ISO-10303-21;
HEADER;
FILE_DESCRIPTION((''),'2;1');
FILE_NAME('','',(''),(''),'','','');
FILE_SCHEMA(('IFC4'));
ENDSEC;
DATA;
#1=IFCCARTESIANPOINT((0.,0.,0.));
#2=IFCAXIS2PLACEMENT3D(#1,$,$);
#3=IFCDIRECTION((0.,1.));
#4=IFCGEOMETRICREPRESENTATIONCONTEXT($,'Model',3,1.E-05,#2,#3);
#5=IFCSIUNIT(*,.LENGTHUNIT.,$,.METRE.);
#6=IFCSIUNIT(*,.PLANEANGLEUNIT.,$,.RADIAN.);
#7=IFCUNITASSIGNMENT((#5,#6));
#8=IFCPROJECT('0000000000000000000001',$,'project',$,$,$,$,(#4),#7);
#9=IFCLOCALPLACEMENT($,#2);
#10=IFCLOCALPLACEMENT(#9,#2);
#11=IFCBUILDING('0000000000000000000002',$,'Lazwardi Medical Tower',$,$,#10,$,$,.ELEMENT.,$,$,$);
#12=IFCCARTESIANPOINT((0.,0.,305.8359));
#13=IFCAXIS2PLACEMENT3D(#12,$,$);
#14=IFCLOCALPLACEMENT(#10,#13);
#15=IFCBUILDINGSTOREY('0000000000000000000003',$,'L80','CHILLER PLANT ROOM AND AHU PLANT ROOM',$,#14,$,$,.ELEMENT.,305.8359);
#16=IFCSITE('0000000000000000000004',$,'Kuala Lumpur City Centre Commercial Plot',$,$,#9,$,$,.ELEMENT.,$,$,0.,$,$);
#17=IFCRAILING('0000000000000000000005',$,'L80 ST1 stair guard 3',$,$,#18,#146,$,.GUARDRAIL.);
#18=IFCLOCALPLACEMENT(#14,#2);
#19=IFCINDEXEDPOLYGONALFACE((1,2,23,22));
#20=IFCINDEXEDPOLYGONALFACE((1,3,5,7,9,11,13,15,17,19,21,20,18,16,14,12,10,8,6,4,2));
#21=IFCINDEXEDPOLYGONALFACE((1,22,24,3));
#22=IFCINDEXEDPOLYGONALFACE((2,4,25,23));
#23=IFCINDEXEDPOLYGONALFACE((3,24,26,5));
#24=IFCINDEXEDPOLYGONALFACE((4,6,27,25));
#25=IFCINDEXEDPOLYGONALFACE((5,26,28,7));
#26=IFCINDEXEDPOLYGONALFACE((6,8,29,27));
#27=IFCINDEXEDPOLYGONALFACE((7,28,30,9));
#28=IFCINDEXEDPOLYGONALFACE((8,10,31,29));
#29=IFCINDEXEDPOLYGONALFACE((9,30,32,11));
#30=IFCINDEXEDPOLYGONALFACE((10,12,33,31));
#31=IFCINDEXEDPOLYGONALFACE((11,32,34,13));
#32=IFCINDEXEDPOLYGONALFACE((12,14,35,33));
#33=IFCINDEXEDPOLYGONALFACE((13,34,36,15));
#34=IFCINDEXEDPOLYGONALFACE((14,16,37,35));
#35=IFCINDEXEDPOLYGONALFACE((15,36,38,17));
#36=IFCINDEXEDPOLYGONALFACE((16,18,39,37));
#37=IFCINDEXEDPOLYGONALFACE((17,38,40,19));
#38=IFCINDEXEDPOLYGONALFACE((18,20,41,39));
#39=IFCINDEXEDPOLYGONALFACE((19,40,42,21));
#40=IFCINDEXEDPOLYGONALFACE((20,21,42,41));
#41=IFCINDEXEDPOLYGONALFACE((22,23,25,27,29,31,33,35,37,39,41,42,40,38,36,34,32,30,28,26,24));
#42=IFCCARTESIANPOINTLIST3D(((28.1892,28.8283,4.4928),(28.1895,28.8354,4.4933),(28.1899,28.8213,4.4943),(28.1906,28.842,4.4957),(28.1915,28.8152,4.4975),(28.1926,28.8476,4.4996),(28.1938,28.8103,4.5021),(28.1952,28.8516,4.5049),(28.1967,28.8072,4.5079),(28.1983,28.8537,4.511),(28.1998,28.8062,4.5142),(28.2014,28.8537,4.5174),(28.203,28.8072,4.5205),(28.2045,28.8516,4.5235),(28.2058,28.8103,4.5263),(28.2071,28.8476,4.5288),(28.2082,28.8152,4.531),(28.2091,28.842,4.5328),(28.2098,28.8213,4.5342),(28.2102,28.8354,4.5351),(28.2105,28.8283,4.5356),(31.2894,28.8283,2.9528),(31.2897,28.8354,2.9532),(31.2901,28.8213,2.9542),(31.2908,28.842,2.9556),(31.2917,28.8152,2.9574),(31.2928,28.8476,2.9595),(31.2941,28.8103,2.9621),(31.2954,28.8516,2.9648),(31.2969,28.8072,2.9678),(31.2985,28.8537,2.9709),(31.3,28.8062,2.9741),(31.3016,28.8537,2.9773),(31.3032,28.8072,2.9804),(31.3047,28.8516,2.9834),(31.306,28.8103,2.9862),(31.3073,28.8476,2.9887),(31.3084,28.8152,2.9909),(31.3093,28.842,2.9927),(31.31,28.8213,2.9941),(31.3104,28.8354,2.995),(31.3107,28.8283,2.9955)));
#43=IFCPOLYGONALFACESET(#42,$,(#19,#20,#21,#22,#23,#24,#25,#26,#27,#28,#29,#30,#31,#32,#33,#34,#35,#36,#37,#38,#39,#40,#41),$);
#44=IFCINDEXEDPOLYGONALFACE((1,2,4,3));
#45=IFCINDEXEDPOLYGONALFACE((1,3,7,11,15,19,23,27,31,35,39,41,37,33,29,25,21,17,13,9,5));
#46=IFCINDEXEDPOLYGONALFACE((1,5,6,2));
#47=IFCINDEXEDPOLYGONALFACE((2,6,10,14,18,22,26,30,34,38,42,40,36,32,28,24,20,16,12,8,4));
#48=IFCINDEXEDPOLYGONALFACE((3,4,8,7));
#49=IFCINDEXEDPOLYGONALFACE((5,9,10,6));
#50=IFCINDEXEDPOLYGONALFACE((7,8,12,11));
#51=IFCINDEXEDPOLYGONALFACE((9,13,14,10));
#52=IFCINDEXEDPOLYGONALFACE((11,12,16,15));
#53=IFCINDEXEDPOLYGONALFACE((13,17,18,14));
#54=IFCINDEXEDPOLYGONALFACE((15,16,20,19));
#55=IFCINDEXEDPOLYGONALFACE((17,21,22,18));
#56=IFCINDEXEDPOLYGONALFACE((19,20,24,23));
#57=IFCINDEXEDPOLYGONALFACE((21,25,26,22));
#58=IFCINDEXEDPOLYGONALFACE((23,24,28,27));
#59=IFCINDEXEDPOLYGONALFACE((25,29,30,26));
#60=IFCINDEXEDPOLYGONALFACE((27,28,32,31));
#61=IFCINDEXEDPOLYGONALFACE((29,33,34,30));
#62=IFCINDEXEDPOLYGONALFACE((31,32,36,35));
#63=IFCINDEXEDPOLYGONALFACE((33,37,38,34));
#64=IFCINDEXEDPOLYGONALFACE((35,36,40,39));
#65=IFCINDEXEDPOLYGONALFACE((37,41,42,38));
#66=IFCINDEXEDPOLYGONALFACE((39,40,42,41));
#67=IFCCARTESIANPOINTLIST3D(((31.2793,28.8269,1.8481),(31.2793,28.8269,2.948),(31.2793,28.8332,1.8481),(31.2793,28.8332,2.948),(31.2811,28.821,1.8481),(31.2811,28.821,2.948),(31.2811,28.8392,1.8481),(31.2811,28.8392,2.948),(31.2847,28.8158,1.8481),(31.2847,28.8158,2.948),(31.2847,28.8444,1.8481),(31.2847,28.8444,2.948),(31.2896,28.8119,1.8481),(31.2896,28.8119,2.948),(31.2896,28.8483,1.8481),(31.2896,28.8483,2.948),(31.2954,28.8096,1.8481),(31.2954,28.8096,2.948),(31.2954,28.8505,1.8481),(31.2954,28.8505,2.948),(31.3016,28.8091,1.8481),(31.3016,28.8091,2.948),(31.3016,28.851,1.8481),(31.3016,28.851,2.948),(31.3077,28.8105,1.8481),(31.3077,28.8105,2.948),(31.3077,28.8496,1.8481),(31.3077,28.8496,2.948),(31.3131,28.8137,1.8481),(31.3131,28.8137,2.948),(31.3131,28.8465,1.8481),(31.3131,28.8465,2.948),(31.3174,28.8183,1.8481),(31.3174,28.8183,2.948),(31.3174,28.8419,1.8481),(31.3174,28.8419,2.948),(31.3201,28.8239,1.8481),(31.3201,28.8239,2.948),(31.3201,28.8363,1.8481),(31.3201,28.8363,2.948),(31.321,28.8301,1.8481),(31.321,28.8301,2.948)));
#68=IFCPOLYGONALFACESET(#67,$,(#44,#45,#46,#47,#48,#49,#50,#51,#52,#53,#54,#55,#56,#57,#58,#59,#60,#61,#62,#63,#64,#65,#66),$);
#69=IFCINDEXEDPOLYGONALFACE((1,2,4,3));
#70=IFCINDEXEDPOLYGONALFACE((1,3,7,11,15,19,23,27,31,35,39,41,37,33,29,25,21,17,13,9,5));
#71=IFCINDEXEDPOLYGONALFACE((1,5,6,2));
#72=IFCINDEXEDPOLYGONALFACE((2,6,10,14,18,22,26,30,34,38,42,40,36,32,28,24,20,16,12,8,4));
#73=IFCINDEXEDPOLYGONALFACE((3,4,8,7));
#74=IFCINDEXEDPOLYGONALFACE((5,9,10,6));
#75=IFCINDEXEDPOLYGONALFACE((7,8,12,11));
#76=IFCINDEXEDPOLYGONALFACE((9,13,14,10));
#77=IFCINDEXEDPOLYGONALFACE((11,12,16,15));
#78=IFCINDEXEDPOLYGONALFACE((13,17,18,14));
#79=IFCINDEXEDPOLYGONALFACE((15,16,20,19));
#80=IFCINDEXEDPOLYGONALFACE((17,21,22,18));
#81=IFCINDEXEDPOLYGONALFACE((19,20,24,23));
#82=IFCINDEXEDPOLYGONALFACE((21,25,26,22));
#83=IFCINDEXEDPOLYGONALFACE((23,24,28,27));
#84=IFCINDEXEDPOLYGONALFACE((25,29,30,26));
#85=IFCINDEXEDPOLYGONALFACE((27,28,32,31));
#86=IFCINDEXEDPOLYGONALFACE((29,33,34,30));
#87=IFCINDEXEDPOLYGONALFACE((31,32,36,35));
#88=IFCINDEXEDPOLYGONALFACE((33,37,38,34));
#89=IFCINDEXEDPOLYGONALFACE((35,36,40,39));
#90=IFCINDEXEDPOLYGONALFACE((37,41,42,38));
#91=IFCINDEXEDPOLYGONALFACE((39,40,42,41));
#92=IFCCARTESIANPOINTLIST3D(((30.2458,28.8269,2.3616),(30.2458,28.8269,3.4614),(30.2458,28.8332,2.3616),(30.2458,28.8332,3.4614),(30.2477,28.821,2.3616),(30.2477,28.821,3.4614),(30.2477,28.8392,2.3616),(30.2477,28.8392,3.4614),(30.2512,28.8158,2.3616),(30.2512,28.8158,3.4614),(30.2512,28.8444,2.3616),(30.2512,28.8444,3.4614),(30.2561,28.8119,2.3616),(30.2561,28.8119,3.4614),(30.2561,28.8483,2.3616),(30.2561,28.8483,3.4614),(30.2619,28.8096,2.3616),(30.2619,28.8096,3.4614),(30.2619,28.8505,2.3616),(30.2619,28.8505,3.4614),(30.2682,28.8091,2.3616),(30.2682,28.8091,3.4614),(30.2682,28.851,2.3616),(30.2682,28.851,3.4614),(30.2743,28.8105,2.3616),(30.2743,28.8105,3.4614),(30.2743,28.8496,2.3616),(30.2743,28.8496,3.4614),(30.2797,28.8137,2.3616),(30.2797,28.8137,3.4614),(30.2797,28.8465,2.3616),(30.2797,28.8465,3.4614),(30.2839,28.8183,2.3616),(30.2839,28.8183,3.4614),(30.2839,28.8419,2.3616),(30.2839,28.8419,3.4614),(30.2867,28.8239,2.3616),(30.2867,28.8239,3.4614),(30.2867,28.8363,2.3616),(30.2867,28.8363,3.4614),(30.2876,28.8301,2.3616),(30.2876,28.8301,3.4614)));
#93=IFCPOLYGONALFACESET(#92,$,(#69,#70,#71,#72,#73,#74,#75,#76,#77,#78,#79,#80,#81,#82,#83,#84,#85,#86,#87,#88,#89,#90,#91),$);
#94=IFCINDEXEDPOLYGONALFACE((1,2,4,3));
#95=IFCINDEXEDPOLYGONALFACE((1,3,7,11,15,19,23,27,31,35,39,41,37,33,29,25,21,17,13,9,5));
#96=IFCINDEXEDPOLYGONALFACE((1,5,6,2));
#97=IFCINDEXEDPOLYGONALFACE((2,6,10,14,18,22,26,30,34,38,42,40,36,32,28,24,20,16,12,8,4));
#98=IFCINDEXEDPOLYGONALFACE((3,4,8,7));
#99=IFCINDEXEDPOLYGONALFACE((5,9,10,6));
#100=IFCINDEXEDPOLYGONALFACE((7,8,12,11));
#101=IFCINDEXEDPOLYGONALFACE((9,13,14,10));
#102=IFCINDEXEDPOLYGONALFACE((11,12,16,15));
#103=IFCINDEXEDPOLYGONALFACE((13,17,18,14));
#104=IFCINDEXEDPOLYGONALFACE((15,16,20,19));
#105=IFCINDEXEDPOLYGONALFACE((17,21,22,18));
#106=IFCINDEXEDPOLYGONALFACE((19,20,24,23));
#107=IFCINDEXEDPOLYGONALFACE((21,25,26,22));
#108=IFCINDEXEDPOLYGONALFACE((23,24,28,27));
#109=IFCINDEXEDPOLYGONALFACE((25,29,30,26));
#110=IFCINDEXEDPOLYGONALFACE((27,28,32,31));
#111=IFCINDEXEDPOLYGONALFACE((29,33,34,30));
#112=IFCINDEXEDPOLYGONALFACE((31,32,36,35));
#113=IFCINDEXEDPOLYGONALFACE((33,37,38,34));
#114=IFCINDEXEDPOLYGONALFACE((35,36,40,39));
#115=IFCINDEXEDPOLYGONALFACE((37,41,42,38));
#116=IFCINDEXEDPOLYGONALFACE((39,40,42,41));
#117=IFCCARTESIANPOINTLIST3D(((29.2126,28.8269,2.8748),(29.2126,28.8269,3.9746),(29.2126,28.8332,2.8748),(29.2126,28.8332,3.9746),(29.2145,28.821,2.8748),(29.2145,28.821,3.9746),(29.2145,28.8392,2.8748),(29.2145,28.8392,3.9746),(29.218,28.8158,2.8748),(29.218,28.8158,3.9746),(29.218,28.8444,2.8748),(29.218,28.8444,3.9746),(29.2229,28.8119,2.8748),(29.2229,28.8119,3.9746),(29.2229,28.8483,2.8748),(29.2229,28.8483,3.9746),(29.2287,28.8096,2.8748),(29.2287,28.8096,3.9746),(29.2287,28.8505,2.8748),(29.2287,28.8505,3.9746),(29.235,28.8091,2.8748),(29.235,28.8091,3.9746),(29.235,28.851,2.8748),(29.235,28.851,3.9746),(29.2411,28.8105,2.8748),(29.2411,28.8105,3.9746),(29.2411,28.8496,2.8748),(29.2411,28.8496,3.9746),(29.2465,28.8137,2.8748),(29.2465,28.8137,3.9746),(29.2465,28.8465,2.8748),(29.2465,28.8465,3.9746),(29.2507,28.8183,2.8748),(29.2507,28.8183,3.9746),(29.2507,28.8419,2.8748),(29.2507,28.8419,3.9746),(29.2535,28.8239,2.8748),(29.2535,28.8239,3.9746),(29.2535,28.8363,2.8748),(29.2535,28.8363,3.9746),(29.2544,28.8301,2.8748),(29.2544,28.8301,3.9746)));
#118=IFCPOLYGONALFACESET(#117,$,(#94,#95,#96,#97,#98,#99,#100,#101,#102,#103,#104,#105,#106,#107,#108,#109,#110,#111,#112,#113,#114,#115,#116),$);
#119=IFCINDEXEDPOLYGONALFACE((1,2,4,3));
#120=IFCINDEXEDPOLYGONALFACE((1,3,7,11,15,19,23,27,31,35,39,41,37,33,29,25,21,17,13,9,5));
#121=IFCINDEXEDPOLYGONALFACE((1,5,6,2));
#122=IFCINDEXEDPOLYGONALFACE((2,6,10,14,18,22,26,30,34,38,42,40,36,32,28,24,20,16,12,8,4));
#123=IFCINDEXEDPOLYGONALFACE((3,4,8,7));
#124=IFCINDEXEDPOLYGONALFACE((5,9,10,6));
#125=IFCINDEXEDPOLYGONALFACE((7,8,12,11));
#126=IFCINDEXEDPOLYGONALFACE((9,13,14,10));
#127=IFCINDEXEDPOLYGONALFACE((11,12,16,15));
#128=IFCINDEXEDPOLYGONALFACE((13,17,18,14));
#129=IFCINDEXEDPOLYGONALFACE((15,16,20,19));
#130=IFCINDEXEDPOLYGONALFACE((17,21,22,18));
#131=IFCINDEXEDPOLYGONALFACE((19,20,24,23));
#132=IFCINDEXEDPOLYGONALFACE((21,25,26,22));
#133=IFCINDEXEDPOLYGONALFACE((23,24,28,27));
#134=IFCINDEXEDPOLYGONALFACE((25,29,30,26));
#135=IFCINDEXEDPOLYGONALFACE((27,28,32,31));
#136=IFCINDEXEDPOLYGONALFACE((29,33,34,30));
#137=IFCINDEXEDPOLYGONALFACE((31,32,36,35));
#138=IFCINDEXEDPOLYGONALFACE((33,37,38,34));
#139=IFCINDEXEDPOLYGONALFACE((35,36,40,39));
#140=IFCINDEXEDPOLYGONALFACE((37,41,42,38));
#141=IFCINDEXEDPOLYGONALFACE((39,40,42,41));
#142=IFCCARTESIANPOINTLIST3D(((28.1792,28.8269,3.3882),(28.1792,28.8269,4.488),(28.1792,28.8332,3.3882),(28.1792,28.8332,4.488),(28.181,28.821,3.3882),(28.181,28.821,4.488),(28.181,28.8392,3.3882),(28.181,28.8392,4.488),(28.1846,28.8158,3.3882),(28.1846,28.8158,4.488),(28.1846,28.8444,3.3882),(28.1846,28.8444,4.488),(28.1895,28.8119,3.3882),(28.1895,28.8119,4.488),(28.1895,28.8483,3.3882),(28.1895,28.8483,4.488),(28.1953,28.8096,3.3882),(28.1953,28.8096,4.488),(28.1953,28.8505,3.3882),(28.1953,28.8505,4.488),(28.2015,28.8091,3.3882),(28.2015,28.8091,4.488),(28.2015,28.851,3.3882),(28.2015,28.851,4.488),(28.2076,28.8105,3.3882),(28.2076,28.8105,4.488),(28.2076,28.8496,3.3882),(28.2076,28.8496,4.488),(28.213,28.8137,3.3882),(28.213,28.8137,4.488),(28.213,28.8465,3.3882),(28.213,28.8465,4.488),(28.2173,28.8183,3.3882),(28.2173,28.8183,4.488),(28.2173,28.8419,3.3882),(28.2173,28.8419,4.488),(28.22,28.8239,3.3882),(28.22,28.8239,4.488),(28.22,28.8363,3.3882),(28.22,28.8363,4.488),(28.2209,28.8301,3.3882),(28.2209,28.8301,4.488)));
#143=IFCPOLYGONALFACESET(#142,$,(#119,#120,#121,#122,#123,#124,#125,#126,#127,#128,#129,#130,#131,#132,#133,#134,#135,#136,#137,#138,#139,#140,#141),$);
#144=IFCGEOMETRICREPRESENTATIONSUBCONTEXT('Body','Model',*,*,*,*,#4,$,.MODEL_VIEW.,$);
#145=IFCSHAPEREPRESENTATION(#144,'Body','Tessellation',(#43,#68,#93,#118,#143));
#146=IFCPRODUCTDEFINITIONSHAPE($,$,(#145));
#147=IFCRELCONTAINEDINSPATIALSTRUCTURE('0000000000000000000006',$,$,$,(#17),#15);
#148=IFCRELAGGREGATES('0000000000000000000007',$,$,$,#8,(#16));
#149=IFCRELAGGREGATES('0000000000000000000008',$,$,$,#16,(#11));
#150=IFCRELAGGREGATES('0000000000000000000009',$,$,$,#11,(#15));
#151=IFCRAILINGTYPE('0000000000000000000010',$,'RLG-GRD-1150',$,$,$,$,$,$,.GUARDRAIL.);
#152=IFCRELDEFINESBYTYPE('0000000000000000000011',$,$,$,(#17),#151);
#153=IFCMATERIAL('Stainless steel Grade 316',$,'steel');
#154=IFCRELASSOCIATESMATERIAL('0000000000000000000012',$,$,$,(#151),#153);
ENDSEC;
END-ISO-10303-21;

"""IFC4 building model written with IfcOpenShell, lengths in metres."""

from ifc_helpers import new_model, si_unit, direction, frame, origin, origin_2d, place, context, subcontext, project, spatial, circle, extrude, material, type_object, element, save


model = new_model("IFC4")

# Units and contexts
model_context = context("Model", 3, precision=1e-05, world=origin(), true_north=direction((0.0, 1.0)))
body_context = subcontext(model_context, "Body", "Model", "MODEL_VIEW")
ifc_project = project(units=[si_unit("LENGTHUNIT", "METRE"), si_unit("PLANEANGLEUNIT", "RADIAN")], contexts=[model_context])

# Site, building, storey
site_placement = place(None, origin())
site = spatial("IfcSite", under=ifc_project, at=site_placement, Name="Kuala Lumpur City Centre Commercial Plot", CompositionType="ELEMENT", RefElevation=0.0)
building_placement = place(site_placement, origin())
building = spatial("IfcBuilding", under=site, at=building_placement, Name="Lazwardi Medical Tower", CompositionType="ELEMENT")
storey_placement = place(building_placement, frame((0.0, 0.0, 305.8359)))
storey = spatial("IfcBuildingStorey", under=building, at=storey_placement, Name="L80", Description="CHILLER PLANT ROOM AND AHU PLANT ROOM", CompositionType="ELEMENT", Elevation=305.8359)

# Railing
ifc_material_1 = material(Name="Stainless steel Grade 316", Category="steel")
railing_type_1 = type_object("IfcRailingType", Name="RLG-GRD-1150", PredefinedType="GUARDRAIL", material=ifc_material_1)
railing_1_placement = place(storey_placement, frame((31.3, 28.8301, 1.8481)))
element("IfcRailing", 1, at=railing_1_placement, inside=storey, type_object=railing_type_1, Name="L80 ST1 stair guard 3", PredefinedType="GUARDRAIL", context=body_context, shape_type="SweptSolid", body=[
    extrude(circle(Radius=0.0239, at=origin_2d()), frame((0.0, 0.0, 1.126), z_axis=(-0.895581, 0.0, 0.444899), x_axis=(0.0, -1.0, 0.0)), (0.0, 0.0, 1.0), 3.4617),
    extrude(circle(Radius=0.021, at=origin_2d()), origin(), (0.0, 0.0, 1.0), 1.0999),
    extrude(circle(Radius=0.021, at=origin_2d()), frame((-1.0334, 0.0, 0.5134)), (0.0, 0.0, 1.0), 1.0999),
    extrude(circle(Radius=0.021, at=origin_2d()), frame((-2.0667, 0.0, 1.0266)), (0.0, 0.0, 1.0), 1.0999),
    extrude(circle(Radius=0.021, at=origin_2d()), frame((-3.1001, 0.0, 1.54)), (0.0, 0.0, 1.0), 1.0999),
])

save(model, "model.ifc")
